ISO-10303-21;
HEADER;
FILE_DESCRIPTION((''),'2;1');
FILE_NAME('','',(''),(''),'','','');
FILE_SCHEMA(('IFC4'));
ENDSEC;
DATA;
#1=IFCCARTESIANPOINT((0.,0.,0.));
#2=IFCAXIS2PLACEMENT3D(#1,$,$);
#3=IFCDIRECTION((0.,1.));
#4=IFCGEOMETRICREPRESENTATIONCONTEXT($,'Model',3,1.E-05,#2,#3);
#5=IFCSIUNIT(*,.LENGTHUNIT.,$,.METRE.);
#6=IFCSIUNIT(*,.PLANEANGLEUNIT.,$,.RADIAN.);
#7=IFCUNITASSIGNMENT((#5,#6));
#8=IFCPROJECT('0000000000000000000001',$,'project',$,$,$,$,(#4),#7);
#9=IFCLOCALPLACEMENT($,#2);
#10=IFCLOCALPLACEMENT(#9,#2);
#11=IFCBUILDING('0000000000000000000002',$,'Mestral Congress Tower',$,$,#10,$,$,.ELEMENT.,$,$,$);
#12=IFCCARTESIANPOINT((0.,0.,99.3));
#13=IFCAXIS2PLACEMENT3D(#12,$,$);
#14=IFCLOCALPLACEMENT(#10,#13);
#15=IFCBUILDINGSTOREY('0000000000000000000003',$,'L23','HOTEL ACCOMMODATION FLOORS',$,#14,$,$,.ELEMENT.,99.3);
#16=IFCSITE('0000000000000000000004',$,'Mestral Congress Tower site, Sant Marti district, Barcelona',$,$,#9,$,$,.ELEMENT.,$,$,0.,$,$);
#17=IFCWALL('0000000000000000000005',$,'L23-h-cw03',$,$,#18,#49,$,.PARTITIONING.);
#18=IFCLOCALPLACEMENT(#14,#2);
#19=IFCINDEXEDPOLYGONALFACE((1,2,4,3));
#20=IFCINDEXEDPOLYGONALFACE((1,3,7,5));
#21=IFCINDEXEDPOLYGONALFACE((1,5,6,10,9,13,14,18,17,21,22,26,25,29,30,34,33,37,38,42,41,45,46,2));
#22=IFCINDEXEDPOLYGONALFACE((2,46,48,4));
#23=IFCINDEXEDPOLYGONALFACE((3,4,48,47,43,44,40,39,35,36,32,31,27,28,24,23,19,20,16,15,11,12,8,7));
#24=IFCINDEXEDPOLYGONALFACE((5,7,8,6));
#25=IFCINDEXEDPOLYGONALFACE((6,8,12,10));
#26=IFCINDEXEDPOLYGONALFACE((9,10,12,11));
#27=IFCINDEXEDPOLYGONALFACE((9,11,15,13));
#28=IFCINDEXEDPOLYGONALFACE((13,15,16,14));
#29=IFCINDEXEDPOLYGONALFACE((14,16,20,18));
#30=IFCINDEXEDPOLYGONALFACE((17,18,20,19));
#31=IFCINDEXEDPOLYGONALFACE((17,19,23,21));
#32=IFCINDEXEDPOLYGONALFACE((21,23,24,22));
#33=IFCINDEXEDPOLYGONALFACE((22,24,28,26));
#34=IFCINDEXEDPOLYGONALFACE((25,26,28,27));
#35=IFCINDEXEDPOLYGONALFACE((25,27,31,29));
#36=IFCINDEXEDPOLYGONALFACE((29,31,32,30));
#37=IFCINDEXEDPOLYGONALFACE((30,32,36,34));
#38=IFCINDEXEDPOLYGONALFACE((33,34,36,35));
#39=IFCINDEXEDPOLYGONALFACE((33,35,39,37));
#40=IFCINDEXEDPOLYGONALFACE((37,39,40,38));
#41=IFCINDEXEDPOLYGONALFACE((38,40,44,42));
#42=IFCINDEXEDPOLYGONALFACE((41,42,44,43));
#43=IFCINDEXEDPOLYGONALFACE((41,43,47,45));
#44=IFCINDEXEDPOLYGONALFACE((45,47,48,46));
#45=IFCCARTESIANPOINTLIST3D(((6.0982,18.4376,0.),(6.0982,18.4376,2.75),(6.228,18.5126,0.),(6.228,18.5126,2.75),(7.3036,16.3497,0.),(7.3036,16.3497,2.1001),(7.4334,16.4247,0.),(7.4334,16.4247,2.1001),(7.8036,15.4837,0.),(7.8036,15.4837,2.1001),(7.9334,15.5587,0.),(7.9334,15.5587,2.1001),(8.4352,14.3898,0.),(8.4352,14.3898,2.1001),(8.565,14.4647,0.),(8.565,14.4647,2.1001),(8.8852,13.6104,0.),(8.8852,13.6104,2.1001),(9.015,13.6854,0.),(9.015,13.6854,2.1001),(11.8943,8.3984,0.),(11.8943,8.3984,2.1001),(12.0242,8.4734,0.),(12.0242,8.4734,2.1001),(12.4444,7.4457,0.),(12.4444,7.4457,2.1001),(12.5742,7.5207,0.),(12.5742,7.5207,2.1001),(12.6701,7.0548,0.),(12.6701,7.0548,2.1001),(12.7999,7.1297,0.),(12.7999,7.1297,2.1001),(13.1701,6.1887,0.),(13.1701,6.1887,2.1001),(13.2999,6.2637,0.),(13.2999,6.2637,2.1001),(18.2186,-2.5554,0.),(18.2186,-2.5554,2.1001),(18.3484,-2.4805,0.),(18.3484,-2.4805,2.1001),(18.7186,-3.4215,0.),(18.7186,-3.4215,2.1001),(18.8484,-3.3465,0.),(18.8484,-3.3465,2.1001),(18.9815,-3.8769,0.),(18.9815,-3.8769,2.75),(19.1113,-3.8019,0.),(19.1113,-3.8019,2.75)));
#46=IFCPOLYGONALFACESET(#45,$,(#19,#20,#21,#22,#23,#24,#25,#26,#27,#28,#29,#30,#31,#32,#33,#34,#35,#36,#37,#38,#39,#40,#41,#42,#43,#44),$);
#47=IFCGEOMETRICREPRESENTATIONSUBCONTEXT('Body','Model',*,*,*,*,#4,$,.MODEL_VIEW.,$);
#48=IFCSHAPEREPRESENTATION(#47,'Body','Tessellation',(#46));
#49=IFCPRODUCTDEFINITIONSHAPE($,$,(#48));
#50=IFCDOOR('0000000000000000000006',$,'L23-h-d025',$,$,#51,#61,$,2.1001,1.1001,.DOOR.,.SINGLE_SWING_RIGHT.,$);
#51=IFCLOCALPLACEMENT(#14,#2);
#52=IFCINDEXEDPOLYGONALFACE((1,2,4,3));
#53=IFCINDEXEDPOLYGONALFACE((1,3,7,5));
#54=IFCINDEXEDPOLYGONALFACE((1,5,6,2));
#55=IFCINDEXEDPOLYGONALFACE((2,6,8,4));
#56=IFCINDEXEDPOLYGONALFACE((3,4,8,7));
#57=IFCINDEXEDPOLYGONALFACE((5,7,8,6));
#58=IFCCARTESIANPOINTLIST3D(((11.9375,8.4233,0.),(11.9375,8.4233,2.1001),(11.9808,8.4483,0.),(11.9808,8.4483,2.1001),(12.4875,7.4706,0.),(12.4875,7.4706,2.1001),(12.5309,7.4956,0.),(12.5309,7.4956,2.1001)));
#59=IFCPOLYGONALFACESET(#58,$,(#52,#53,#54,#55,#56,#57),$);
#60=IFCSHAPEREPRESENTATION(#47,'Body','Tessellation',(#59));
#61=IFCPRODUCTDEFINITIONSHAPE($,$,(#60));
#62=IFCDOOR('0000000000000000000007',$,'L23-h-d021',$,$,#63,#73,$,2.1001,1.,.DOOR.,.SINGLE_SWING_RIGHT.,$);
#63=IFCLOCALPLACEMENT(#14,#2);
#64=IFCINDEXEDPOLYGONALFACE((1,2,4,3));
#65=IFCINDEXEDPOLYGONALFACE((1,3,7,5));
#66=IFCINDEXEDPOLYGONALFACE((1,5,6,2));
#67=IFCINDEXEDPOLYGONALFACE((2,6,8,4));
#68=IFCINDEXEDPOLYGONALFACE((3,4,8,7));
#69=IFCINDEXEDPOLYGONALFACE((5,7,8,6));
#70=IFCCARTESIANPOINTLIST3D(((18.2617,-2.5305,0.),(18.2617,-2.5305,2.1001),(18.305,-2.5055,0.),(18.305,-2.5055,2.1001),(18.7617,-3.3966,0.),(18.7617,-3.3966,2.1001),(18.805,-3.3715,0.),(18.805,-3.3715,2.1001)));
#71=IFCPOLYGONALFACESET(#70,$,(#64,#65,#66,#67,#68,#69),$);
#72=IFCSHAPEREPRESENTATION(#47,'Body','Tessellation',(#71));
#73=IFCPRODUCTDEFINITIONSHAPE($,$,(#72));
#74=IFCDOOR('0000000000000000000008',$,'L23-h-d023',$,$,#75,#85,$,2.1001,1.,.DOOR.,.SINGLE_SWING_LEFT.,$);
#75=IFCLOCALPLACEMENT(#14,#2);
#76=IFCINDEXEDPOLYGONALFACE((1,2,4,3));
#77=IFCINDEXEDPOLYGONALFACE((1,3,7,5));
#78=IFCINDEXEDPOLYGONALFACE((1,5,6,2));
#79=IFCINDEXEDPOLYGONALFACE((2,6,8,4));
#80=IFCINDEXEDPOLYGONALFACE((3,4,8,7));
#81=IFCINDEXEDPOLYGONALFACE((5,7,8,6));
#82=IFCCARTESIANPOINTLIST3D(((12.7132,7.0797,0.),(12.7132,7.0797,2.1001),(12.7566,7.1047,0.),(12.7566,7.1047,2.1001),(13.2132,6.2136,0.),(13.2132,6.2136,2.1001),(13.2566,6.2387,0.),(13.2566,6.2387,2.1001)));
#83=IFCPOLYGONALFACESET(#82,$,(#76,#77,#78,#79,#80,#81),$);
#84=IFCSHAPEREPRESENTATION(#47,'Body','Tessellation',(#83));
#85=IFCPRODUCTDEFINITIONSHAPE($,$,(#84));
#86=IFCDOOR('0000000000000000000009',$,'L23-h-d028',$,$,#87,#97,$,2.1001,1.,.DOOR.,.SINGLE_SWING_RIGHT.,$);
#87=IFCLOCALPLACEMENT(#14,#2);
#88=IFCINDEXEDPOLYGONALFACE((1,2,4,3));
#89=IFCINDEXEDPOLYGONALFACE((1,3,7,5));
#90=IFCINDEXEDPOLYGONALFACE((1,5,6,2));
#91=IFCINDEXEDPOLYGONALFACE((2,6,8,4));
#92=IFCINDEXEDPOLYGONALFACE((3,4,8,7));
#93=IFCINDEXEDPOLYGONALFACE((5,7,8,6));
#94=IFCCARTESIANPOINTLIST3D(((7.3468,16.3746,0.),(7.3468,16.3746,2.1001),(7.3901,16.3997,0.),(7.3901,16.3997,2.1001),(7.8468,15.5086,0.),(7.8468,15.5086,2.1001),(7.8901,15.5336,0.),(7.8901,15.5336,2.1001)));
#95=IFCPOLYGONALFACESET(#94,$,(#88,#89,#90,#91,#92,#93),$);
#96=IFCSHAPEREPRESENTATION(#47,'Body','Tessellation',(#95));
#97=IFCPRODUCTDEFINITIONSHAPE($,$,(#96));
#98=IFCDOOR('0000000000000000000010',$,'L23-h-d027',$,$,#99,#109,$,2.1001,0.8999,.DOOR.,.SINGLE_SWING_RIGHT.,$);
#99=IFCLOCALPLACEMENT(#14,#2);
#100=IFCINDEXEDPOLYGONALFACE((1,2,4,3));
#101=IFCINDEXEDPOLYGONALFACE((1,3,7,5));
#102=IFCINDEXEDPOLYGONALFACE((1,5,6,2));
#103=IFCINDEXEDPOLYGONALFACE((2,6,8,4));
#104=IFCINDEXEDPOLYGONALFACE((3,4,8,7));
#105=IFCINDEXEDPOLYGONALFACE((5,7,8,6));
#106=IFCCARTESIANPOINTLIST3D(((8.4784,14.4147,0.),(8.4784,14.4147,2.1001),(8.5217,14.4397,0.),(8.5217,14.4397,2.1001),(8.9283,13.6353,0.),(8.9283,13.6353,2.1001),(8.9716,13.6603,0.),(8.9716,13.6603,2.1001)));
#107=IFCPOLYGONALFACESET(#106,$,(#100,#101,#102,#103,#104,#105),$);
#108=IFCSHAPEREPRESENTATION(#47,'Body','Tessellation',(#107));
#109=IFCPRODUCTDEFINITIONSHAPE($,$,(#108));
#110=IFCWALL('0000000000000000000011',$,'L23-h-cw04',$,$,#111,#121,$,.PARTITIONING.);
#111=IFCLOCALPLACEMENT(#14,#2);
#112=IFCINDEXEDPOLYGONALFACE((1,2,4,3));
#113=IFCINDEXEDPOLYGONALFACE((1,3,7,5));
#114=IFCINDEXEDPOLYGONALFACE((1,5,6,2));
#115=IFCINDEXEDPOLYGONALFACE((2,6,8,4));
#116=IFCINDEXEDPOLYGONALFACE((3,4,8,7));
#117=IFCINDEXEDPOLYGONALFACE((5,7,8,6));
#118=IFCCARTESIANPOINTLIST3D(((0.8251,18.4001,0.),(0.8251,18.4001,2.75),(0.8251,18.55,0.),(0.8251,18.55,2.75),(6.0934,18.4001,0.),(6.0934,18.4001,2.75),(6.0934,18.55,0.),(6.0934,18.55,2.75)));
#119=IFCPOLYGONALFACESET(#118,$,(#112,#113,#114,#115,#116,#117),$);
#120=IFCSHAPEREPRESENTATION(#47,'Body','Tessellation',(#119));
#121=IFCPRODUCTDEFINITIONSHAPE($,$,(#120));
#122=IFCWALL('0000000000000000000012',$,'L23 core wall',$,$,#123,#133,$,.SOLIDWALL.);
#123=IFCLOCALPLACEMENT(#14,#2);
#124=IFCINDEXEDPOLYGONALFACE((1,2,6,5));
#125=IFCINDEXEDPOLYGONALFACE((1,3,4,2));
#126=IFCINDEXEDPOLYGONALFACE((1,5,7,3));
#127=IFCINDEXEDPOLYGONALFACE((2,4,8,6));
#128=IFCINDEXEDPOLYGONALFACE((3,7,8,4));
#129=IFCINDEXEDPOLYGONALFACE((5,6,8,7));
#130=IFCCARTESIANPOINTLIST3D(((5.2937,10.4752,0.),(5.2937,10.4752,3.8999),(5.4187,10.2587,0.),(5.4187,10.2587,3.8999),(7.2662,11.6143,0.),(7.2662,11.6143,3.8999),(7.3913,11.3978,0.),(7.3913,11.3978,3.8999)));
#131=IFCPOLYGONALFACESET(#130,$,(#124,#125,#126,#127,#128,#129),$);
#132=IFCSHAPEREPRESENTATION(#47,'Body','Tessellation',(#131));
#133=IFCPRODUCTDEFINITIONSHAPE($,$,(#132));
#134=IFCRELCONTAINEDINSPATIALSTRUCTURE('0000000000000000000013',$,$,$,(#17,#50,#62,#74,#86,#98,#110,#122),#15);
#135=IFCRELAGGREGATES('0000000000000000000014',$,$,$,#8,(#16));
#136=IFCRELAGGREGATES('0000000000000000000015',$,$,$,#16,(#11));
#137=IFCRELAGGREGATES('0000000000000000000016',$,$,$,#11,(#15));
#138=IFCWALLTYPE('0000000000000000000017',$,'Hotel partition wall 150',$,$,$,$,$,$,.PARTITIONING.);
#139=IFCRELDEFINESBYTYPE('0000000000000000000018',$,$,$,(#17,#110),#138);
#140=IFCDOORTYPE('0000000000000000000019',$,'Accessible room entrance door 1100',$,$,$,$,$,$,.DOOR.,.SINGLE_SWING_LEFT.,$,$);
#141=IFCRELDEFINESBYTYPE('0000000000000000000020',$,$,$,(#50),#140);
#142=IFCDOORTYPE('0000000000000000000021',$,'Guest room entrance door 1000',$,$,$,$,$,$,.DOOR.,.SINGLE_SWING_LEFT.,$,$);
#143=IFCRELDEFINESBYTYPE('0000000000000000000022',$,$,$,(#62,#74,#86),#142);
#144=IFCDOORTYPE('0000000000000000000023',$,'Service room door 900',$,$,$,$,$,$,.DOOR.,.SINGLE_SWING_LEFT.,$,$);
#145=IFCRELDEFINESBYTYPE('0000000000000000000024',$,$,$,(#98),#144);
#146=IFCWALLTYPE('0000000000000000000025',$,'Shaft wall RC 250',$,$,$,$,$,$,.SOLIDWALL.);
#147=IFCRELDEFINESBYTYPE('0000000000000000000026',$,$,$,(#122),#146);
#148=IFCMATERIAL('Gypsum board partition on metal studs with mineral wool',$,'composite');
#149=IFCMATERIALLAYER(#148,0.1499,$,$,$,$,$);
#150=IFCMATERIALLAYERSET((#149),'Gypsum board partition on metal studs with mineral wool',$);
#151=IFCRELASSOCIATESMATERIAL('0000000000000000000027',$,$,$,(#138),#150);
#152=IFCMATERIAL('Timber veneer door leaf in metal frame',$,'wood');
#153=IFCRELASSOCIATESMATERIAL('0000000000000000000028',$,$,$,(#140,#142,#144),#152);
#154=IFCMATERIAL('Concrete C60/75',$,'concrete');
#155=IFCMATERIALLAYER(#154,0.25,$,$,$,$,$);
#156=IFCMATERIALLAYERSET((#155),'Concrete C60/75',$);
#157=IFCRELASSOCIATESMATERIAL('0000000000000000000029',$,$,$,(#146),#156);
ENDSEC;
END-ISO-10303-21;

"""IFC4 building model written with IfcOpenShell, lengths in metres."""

from ifc_helpers import new_model, si_unit, direction, frame, frame_2d, origin, place, context, subcontext, project, spatial, rectangle, extrude, material, layer, layer_set, type_object, element, fill, save


model = new_model("IFC4")

# Units and contexts
model_context = context("Model", 3, precision=1e-05, world=origin(), true_north=direction((0.0, 1.0)))
body_context = subcontext(model_context, "Body", "Model", "MODEL_VIEW")
ifc_project = project(units=[si_unit("LENGTHUNIT", "METRE"), si_unit("PLANEANGLEUNIT", "RADIAN")], contexts=[model_context])

# Site, building, storey
site_placement = place(None, origin())
site = spatial("IfcSite", under=ifc_project, at=site_placement, Name="Mestral Congress Tower site, Sant Marti district, Barcelona", CompositionType="ELEMENT", RefElevation=0.0)
building_placement = place(site_placement, origin())
building = spatial("IfcBuilding", under=site, at=building_placement, Name="Mestral Congress Tower", CompositionType="ELEMENT")
storey_placement = place(building_placement, frame((0.0, 0.0, 99.3)))
storey = spatial("IfcBuildingStorey", under=building, at=storey_placement, Name="L23", Description="HOTEL ACCOMMODATION FLOORS", CompositionType="ELEMENT", Elevation=99.3)

# Shared definitions
ifc_material_1 = material(Name="Concrete C60/75", Category="concrete")

# Shared definitions
ifc_material_2 = material(Name="Gypsum board partition on metal studs with mineral wool", Category="composite")

# Wall, openings, doors
ifc_layer_1 = layer(ifc_material_2, 0.1499)
ifc_layer_set_1 = layer_set([ifc_layer_1], Name="Gypsum board partition on metal studs with mineral wool")
wall_type_1 = type_object("IfcWallType", Name="Hotel partition wall 150", PredefinedType="PARTITIONING", material=ifc_layer_set_1)
wall_1_placement = place(storey_placement, frame((6.1631, 18.4751, 0.0), z_axis=(0.0, 0.0, 1.0), x_axis=(0.500001, -0.866025, 0.0)))
wall_1 = element("IfcWall", 1, at=wall_1_placement, inside=storey, type_object=wall_type_1, Name="L23-h-cw03", PredefinedType="PARTITIONING", context=body_context, shape_type="SweptSolid", body=[
    extrude(rectangle(XDim=25.7666, YDim=0.1499, at=frame_2d((12.8833, 0.0))), origin(), (0.0, 0.0, 1.0), 2.75),
])
opening_1_placement = place(wall_1_placement, frame((24.2407, 0.0, 0.0)))
opening_1 = element("IfcOpeningElement", 2, at=opening_1_placement, cuts=wall_1, PredefinedType="OPENING", context=body_context, shape_type="SweptSolid", body=[
    extrude(rectangle(XDim=1.0, YDim=2.1001, at=frame_2d((0.5, 1.05))), frame((0.0, 0.085, 0.0), z_axis=(0.0, -1.0, 0.0), x_axis=(1.0, 0.0, 0.0)), (0.0, 0.0, 1.0), 0.1699),
])
opening_2_placement = place(wall_1_placement, frame((13.1438, 0.0, 0.0)))
opening_2 = element("IfcOpeningElement", 3, at=opening_2_placement, cuts=wall_1, PredefinedType="OPENING", context=body_context, shape_type="SweptSolid", body=[
    extrude(rectangle(XDim=1.0, YDim=2.1001, at=frame_2d((0.5, 1.05))), frame((0.0, 0.085, 0.0), z_axis=(0.0, -1.0, 0.0), x_axis=(1.0, 0.0, 0.0)), (0.0, 0.0, 1.0), 0.1699),
])
opening_3_placement = place(wall_1_placement, frame((11.5923, 0.0, 0.0)))
opening_3 = element("IfcOpeningElement", 4, at=opening_3_placement, cuts=wall_1, PredefinedType="OPENING", context=body_context, shape_type="SweptSolid", body=[
    extrude(rectangle(XDim=1.1001, YDim=2.1001, at=frame_2d((0.55, 1.05))), frame((0.0, 0.085, 0.0), z_axis=(0.0, -1.0, 0.0), x_axis=(1.0, 0.0, 0.0)), (0.0, 0.0, 1.0), 0.1699),
])
opening_4_placement = place(wall_1_placement, frame((4.6741, 0.0, 0.0)))
opening_4 = element("IfcOpeningElement", 5, at=opening_4_placement, cuts=wall_1, PredefinedType="OPENING", context=body_context, shape_type="SweptSolid", body=[
    extrude(rectangle(XDim=0.8999, YDim=2.1001, at=frame_2d((0.45, 1.05))), frame((0.0, 0.085, 0.0), z_axis=(0.0, -1.0, 0.0), x_axis=(1.0, 0.0, 0.0)), (0.0, 0.0, 1.0), 0.1699),
])
opening_5_placement = place(wall_1_placement, frame((2.4109, 0.0, 0.0)))
opening_5 = element("IfcOpeningElement", 6, at=opening_5_placement, cuts=wall_1, PredefinedType="OPENING", context=body_context, shape_type="SweptSolid", body=[
    extrude(rectangle(XDim=1.0, YDim=2.1001, at=frame_2d((0.5, 1.05))), frame((0.0, 0.085, 0.0), z_axis=(0.0, -1.0, 0.0), x_axis=(1.0, 0.0, 0.0)), (0.0, 0.0, 1.0), 0.1699),
])
ifc_material_3 = material(Name="Timber veneer door leaf in metal frame", Category="wood")
door_type_1 = type_object("IfcDoorType", Name="Accessible room entrance door 1100", OperationType="SINGLE_SWING_LEFT", PredefinedType="DOOR", material=ifc_material_3)
door_1_placement = place(opening_3_placement, origin())
door_1 = element("IfcDoor", 7, at=door_1_placement, inside=storey, type_object=door_type_1, Name="L23-h-d025", OperationType="SINGLE_SWING_RIGHT", OverallHeight=2.1001, OverallWidth=1.1001, PredefinedType="DOOR", context=body_context, shape_type="SweptSolid", body=[
    extrude(rectangle(XDim=1.1001, YDim=2.1001, at=frame_2d((0.55, 1.05))), frame((0.0, 0.0249, 0.0), z_axis=(0.0, -1.0, 0.0), x_axis=(1.0, 0.0, 0.0)), (0.0, 0.0, 1.0), 0.05),
])
fill(opening_3, door_1)
door_type_2 = type_object("IfcDoorType", Name="Guest room entrance door 1000", OperationType="SINGLE_SWING_LEFT", PredefinedType="DOOR", material=ifc_material_3)
door_2_placement = place(opening_1_placement, origin())
door_2 = element("IfcDoor", 8, at=door_2_placement, inside=storey, type_object=door_type_2, Name="L23-h-d021", OperationType="SINGLE_SWING_RIGHT", OverallHeight=2.1001, OverallWidth=1.0, PredefinedType="DOOR", context=body_context, shape_type="SweptSolid", body=[
    extrude(rectangle(XDim=1.0, YDim=2.1001, at=frame_2d((0.5, 1.05))), frame((0.0, 0.0249, 0.0), z_axis=(0.0, -1.0, 0.0), x_axis=(1.0, 0.0, 0.0)), (0.0, 0.0, 1.0), 0.05),
])
fill(opening_1, door_2)
door_3_placement = place(opening_2_placement, origin())
door_3 = element("IfcDoor", 9, at=door_3_placement, inside=storey, type_object=door_type_2, Name="L23-h-d023", OperationType="SINGLE_SWING_LEFT", OverallHeight=2.1001, OverallWidth=1.0, PredefinedType="DOOR", context=body_context, shape_type="SweptSolid", body=[
    extrude(rectangle(XDim=1.0, YDim=2.1001, at=frame_2d((0.5, 1.05))), frame((0.0, 0.0249, 0.0), z_axis=(0.0, -1.0, 0.0), x_axis=(1.0, 0.0, 0.0)), (0.0, 0.0, 1.0), 0.05),
])
fill(opening_2, door_3)
door_4_placement = place(opening_5_placement, origin())
door_4 = element("IfcDoor", 10, at=door_4_placement, inside=storey, type_object=door_type_2, Name="L23-h-d028", OperationType="SINGLE_SWING_RIGHT", OverallHeight=2.1001, OverallWidth=1.0, PredefinedType="DOOR", context=body_context, shape_type="SweptSolid", body=[
    extrude(rectangle(XDim=1.0, YDim=2.1001, at=frame_2d((0.5, 1.05))), frame((0.0, 0.0249, 0.0), z_axis=(0.0, -1.0, 0.0), x_axis=(1.0, 0.0, 0.0)), (0.0, 0.0, 1.0), 0.05),
])
fill(opening_5, door_4)
door_type_3 = type_object("IfcDoorType", Name="Service room door 900", OperationType="SINGLE_SWING_LEFT", PredefinedType="DOOR", material=ifc_material_3)
door_5_placement = place(opening_4_placement, origin())
door_5 = element("IfcDoor", 11, at=door_5_placement, inside=storey, type_object=door_type_3, Name="L23-h-d027", OperationType="SINGLE_SWING_RIGHT", OverallHeight=2.1001, OverallWidth=0.8999, PredefinedType="DOOR", context=body_context, shape_type="SweptSolid", body=[
    extrude(rectangle(XDim=0.8999, YDim=2.1001, at=frame_2d((0.45, 1.05))), frame((0.0, 0.0249, 0.0), z_axis=(0.0, -1.0, 0.0), x_axis=(1.0, 0.0, 0.0)), (0.0, 0.0, 1.0), 0.05),
])
fill(opening_4, door_5)

# Walls
wall_2_placement = place(storey_placement, frame((0.825, 18.4751, 0.0), z_axis=(0.0, 0.0, 1.0), x_axis=(1.0, 0.0, 0.0)))
element("IfcWall", 12, at=wall_2_placement, inside=storey, type_object=wall_type_1, Name="L23-h-cw04", PredefinedType="PARTITIONING", context=body_context, shape_type="SweptSolid", body=[
    extrude(rectangle(XDim=5.2683, YDim=0.1499, at=frame_2d((2.6343, 0.0))), origin(), (0.0, 0.0, 1.0), 2.75),
])
ifc_layer_2 = layer(ifc_material_1, 0.25)
ifc_layer_set_2 = layer_set([ifc_layer_2], Name="Concrete C60/75")
wall_type_2 = type_object("IfcWallType", Name="Shaft wall RC 250", PredefinedType="SOLIDWALL", material=ifc_layer_set_2)
wall_3_placement = place(storey_placement, frame((5.3562, 10.3669, 0.0), z_axis=(0.0, 0.0, 1.0), x_axis=(0.865979, 0.500081, 0.0)))
element("IfcWall", 13, at=wall_3_placement, inside=storey, type_object=wall_type_2, Name="L23 core wall", PredefinedType="SOLIDWALL", context=body_context, shape_type="SweptSolid", body=[
    extrude(rectangle(XDim=2.2778, YDim=0.25, at=frame_2d((1.1389, 0.0))), origin(), (0.0, 0.0, 1.0), 3.8999),
])

save(model, "model.ifc")
